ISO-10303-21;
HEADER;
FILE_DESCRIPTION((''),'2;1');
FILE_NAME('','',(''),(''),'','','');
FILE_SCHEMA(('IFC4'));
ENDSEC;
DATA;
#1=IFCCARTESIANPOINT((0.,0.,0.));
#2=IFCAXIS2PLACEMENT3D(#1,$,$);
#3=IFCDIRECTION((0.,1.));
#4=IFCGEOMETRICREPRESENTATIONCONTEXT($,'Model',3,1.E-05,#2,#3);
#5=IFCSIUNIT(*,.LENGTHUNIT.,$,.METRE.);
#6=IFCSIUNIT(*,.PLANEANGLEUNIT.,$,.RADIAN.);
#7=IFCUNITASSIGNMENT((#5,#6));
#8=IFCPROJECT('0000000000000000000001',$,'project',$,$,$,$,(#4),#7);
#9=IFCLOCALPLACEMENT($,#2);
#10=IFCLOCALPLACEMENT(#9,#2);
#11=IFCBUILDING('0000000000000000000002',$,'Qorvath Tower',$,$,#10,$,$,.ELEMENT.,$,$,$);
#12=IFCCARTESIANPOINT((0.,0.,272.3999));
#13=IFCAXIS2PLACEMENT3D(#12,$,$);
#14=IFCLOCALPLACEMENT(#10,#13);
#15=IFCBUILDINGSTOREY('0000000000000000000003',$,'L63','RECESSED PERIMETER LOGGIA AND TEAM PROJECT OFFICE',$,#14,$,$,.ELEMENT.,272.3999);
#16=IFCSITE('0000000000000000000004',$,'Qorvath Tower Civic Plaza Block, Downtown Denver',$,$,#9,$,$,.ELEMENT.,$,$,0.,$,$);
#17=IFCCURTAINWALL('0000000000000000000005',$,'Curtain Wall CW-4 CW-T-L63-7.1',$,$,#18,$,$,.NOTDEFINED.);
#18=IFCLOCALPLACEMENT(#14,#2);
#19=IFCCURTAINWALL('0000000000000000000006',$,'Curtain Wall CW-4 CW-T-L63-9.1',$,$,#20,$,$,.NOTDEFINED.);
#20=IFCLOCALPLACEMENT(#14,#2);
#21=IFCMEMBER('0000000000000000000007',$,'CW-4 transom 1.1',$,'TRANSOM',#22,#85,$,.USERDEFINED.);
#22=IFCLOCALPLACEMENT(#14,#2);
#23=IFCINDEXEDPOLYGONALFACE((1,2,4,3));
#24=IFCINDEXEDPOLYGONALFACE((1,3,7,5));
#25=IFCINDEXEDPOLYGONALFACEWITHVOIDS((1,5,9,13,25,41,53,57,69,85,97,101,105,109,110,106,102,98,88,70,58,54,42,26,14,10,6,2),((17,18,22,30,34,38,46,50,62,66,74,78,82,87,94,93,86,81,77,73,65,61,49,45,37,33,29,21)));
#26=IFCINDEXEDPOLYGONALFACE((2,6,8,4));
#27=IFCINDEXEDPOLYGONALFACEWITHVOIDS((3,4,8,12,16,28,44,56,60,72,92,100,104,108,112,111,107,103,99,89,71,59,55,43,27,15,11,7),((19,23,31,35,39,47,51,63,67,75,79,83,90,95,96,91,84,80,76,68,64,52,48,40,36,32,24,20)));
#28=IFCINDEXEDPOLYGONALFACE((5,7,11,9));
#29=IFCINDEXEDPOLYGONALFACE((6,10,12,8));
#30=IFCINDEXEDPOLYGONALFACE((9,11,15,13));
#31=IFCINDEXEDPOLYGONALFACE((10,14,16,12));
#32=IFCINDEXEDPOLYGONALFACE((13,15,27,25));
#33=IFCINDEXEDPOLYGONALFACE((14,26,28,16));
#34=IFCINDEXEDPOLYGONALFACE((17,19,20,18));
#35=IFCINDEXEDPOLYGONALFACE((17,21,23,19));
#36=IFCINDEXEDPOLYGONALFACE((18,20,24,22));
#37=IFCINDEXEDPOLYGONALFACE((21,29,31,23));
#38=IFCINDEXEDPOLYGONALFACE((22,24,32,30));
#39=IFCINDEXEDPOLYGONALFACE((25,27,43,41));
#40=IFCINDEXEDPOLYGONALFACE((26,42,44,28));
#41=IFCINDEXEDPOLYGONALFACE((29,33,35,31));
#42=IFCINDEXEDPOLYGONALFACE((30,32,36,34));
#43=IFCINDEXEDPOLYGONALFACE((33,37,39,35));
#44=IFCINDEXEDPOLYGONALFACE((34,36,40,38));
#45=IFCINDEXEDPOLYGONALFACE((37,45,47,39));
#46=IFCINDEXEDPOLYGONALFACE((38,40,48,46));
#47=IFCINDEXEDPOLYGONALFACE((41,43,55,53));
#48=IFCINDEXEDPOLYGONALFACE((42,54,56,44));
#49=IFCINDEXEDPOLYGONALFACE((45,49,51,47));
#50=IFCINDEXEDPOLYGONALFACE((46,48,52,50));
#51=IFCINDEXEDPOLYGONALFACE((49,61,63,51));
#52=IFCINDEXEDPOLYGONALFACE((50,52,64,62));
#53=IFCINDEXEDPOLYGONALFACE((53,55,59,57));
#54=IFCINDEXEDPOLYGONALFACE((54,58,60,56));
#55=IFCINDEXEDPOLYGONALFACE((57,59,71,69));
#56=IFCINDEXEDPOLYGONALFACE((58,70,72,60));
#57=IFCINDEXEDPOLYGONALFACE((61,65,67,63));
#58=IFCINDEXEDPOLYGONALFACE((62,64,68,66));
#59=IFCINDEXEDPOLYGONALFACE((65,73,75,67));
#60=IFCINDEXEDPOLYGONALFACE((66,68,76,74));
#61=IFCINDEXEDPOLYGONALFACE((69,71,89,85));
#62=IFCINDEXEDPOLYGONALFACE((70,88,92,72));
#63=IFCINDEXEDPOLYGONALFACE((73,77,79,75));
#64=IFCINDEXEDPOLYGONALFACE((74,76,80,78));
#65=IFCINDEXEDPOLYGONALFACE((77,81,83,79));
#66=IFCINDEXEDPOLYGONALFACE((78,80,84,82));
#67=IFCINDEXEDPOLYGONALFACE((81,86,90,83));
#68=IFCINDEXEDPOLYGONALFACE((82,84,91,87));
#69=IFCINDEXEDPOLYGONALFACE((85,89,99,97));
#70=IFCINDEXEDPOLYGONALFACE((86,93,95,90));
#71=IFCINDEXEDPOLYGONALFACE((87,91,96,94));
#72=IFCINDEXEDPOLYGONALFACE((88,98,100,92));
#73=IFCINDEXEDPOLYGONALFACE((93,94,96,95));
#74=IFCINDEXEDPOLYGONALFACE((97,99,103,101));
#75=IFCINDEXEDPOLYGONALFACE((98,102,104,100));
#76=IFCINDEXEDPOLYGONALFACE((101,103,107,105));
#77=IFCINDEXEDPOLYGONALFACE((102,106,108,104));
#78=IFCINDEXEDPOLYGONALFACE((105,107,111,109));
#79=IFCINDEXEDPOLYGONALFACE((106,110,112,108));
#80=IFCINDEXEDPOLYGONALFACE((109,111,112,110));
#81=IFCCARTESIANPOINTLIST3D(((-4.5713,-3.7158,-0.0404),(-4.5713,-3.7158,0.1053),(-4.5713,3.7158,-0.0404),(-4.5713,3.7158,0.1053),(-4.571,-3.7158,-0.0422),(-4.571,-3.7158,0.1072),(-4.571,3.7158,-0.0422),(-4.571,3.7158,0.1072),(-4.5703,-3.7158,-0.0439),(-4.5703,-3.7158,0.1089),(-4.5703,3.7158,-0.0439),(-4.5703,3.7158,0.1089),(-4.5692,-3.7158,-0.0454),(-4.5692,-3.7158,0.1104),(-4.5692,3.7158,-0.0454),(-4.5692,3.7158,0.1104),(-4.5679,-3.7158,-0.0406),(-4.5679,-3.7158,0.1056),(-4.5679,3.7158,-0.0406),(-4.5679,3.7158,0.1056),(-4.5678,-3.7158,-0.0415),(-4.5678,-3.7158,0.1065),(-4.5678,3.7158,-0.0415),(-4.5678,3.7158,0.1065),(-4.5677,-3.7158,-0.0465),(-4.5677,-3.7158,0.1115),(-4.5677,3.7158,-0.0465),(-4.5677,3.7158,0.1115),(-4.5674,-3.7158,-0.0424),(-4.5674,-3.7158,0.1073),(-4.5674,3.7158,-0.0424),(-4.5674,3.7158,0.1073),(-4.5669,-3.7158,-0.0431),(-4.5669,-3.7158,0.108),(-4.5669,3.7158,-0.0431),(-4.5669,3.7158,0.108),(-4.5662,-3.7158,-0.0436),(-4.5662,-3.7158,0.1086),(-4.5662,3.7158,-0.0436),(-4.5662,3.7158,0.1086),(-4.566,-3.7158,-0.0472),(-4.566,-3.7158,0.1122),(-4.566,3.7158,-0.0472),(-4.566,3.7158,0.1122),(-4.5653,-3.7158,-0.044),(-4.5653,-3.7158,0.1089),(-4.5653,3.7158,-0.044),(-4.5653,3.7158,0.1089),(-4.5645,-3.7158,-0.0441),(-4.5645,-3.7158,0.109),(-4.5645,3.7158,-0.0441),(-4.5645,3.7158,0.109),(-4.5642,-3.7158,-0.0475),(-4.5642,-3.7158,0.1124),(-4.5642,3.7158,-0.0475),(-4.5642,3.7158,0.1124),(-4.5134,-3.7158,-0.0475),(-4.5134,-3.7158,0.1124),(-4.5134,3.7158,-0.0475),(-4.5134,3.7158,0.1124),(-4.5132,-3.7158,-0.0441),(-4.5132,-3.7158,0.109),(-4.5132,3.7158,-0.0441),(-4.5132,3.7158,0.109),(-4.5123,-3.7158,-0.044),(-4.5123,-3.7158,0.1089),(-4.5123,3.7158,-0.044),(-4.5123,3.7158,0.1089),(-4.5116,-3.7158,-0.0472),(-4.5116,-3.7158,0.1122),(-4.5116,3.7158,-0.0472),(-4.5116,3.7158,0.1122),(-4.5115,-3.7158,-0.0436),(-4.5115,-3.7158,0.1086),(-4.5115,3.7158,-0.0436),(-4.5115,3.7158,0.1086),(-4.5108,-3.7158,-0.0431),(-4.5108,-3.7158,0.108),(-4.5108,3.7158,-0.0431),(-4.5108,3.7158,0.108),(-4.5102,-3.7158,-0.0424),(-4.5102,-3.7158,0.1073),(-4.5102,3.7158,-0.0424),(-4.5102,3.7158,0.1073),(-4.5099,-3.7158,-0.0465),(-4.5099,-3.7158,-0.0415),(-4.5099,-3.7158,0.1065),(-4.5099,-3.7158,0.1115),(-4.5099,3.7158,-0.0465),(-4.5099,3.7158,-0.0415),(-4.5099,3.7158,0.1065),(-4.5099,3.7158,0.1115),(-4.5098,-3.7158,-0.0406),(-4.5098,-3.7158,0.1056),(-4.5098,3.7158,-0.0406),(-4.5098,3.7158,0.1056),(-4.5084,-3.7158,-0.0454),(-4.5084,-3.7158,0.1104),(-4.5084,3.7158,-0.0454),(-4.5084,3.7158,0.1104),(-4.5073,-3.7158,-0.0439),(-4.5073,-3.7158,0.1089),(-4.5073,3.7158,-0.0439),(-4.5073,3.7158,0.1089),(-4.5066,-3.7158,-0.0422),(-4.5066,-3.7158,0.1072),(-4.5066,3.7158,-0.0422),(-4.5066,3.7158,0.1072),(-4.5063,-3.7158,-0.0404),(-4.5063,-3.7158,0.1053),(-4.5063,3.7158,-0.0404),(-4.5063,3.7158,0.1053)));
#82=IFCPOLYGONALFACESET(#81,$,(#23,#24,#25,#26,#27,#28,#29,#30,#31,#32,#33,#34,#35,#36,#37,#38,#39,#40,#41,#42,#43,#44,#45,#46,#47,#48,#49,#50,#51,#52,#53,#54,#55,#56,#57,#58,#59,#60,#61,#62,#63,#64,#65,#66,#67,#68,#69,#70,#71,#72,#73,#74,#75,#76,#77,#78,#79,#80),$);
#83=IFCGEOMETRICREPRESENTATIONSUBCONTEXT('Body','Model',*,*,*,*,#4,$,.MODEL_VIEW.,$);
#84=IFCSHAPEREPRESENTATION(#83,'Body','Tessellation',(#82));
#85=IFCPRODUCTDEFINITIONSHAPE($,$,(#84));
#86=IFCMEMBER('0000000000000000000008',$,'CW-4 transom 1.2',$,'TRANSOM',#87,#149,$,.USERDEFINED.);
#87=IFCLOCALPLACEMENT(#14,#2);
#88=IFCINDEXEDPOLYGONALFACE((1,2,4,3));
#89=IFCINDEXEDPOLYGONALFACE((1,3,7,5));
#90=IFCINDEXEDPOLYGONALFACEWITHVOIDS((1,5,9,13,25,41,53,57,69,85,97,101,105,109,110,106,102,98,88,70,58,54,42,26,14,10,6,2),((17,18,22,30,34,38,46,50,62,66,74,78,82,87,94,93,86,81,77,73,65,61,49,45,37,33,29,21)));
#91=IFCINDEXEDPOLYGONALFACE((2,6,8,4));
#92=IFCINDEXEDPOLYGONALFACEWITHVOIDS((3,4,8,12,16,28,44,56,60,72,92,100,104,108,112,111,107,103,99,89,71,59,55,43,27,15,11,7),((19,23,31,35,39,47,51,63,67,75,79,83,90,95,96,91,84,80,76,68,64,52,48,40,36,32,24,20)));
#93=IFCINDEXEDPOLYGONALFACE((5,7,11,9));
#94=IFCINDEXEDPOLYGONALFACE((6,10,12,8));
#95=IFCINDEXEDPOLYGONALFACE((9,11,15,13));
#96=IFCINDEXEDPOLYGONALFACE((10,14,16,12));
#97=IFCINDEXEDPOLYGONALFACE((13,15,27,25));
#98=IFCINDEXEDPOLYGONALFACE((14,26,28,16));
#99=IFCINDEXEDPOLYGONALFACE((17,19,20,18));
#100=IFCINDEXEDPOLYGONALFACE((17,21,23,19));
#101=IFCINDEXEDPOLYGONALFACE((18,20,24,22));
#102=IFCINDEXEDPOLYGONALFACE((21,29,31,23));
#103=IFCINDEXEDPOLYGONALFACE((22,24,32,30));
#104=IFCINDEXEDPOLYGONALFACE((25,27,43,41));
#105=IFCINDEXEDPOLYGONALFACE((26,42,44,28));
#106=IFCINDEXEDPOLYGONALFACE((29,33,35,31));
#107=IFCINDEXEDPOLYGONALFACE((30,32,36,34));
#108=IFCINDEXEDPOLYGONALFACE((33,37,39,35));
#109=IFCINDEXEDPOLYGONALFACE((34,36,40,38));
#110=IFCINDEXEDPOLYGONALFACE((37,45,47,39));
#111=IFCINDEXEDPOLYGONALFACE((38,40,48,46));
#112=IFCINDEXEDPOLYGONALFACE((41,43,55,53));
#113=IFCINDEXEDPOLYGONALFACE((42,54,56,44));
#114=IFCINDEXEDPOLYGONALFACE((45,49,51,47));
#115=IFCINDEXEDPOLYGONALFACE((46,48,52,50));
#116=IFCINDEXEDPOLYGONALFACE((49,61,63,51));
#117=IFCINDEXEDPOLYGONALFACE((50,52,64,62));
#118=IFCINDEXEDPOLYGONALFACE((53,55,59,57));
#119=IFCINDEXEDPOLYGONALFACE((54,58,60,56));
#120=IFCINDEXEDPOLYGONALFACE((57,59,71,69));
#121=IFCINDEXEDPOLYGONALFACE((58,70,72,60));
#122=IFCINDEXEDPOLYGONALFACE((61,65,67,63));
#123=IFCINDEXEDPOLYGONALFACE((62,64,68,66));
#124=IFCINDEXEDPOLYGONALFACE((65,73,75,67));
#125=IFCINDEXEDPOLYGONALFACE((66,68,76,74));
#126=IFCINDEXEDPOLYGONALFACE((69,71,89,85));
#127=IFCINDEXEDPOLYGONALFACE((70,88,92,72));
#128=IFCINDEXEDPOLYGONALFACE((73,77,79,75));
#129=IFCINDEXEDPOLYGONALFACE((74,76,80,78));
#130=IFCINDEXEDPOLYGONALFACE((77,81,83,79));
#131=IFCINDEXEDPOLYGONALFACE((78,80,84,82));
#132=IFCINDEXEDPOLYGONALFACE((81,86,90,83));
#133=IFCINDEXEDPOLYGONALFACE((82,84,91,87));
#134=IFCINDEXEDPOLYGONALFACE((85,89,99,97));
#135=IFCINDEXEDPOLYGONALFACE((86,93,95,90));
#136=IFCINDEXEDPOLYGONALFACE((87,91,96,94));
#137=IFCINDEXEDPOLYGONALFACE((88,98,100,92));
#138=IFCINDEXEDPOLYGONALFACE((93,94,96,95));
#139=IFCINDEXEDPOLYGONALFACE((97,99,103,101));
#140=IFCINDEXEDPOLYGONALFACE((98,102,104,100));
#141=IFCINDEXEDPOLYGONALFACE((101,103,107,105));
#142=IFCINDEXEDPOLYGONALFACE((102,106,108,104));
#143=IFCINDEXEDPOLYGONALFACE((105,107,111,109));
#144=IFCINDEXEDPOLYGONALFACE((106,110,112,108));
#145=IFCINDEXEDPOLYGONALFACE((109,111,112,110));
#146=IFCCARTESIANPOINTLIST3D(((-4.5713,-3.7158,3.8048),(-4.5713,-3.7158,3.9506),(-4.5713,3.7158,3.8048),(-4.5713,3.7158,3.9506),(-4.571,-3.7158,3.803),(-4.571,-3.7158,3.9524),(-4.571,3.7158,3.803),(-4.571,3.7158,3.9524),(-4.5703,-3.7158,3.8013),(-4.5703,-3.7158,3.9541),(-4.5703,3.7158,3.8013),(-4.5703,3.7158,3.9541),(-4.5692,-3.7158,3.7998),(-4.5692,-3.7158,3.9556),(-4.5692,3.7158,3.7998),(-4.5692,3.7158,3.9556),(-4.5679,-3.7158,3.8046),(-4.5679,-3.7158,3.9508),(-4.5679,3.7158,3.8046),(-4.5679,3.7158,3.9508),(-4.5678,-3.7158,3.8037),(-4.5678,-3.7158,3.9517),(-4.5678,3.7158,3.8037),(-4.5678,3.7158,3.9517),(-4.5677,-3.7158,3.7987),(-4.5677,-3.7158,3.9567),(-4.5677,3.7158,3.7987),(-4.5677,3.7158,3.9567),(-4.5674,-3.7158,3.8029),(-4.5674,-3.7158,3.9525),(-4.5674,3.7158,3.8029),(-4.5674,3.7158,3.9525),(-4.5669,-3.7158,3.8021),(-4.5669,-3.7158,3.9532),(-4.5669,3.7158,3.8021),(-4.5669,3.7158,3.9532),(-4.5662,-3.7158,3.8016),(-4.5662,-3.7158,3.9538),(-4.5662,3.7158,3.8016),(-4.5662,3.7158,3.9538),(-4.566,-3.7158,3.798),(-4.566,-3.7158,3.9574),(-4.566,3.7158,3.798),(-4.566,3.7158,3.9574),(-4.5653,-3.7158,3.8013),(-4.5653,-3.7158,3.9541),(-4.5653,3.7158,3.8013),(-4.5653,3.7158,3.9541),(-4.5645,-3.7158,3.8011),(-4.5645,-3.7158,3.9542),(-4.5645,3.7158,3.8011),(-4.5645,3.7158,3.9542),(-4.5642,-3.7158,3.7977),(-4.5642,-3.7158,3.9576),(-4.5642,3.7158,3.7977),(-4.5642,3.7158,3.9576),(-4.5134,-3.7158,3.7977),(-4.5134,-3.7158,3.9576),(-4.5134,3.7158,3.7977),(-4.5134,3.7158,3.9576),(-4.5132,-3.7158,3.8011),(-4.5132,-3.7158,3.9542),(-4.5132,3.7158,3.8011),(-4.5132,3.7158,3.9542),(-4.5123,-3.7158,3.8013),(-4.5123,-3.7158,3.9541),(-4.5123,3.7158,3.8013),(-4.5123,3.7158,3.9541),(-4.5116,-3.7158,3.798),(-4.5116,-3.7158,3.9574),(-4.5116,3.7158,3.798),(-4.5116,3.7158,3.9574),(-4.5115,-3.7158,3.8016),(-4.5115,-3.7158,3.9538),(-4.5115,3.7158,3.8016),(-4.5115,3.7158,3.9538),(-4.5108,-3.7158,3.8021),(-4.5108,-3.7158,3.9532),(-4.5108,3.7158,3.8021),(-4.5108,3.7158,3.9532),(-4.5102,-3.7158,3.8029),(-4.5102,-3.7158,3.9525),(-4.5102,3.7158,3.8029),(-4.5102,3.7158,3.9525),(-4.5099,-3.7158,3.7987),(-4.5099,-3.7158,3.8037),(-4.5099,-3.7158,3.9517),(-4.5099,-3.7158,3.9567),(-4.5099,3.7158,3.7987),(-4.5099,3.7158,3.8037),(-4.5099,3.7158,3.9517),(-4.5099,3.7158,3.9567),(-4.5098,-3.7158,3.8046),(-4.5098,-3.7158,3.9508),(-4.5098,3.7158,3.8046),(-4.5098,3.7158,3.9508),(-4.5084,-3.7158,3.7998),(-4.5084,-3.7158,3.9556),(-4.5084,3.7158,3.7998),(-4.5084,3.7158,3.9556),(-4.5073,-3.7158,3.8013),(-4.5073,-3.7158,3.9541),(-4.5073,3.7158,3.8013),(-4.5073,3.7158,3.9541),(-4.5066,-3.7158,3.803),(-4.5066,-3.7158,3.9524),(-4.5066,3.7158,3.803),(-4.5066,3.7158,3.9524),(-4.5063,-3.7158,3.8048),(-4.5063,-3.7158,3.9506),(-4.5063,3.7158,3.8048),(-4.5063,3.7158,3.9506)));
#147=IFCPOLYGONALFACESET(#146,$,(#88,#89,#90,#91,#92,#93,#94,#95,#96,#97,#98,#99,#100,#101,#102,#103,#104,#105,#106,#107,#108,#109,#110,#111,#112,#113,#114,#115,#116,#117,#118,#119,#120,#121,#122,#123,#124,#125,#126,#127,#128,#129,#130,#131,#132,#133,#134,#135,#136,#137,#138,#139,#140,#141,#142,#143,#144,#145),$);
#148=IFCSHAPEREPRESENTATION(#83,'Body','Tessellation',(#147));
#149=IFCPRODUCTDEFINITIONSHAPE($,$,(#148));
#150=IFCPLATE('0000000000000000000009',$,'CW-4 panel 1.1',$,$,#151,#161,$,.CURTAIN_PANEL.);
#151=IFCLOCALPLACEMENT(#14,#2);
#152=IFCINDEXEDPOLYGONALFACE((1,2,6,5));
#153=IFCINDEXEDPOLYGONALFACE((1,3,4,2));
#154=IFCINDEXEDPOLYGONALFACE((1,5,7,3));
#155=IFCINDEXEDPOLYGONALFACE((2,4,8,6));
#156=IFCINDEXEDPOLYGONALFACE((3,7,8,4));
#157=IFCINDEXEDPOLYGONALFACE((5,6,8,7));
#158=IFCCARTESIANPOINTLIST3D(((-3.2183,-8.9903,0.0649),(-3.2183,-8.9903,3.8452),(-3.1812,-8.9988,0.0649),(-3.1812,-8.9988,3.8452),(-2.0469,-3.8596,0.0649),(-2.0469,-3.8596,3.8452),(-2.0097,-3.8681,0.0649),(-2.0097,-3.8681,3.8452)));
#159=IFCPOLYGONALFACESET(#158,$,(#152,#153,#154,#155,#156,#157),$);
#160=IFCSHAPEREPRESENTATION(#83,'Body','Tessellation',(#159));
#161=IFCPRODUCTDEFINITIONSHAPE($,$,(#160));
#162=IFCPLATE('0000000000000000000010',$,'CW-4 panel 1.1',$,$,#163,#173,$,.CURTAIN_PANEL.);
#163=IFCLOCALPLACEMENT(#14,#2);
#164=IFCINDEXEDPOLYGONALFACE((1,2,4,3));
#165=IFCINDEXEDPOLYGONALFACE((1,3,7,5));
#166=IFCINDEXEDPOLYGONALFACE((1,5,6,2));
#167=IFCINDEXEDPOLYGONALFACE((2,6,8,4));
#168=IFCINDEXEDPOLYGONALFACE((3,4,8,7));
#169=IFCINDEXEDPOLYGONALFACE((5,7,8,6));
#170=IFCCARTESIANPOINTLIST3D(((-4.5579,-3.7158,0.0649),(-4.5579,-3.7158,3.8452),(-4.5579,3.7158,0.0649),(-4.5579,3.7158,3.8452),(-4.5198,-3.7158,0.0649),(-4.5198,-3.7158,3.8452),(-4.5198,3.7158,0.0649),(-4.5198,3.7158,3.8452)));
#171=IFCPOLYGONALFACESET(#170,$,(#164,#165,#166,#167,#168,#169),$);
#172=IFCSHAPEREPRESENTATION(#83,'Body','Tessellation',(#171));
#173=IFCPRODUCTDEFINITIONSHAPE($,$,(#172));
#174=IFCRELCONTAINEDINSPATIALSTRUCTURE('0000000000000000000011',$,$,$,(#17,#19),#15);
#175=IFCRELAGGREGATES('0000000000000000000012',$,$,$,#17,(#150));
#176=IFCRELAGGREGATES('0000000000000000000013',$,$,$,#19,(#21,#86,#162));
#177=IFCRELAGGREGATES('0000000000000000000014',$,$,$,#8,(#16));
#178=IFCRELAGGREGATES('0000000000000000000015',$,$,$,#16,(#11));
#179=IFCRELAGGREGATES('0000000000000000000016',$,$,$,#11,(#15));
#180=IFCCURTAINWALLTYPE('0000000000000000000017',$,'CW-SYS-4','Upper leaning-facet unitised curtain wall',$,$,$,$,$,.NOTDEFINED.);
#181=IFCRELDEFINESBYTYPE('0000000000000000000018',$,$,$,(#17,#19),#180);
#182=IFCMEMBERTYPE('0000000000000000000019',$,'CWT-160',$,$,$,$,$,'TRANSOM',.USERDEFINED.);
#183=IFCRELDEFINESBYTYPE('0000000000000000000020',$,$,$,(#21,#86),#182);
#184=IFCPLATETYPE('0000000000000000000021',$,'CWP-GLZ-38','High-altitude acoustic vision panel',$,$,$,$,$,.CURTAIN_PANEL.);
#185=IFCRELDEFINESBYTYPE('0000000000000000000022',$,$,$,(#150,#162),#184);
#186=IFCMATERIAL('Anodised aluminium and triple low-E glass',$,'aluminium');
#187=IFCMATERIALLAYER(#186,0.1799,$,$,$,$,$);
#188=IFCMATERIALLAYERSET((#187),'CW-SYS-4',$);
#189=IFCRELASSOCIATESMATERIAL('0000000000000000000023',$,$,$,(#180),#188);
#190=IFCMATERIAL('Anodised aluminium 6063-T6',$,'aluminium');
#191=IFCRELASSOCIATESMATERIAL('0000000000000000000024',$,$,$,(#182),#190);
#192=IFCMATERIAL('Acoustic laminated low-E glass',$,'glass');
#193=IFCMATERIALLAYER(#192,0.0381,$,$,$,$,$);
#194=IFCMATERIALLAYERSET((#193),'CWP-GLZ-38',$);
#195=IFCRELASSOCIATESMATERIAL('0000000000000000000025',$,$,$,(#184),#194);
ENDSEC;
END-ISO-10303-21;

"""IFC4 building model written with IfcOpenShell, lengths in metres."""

from ifc_helpers import new_model, si_unit, direction, frame, origin, origin_2d, place, context, subcontext, project, spatial, rectangle, hollow_rectangle, extrude, material, layer, layer_set, material_profile, profile_set, type_object, element, aggregate, save


model = new_model("IFC4")

# Units and contexts
model_context = context("Model", 3, precision=1e-05, world=origin(), true_north=direction((0.0, 1.0)))
body_context = subcontext(model_context, "Body", "Model", "MODEL_VIEW")
ifc_project = project(units=[si_unit("LENGTHUNIT", "METRE"), si_unit("PLANEANGLEUNIT", "RADIAN")], contexts=[model_context])

# Site, building, storey
site_placement = place(None, origin())
site = spatial("IfcSite", under=ifc_project, at=site_placement, Name="Qorvath Tower Civic Plaza Block, Downtown Denver", CompositionType="ELEMENT", RefElevation=0.0)
building_placement = place(site_placement, origin())
building = spatial("IfcBuilding", under=site, at=building_placement, Name="Qorvath Tower", CompositionType="ELEMENT")
storey_placement = place(building_placement, frame((0.0, 0.0, 272.3999)))
storey = spatial("IfcBuildingStorey", under=building, at=storey_placement, Name="L63", Description="RECESSED PERIMETER LOGGIA AND TEAM PROJECT OFFICE", CompositionType="ELEMENT", Elevation=272.3999)

# Curtain wall
ifc_material_1 = material(Name="Anodised aluminium and triple low-E glass", Category="aluminium")
ifc_layer_1 = layer(ifc_material_1, 0.1799)
ifc_layer_set_1 = layer_set([ifc_layer_1], Name="CW-SYS-4")
curtain_wall_type = type_object("IfcCurtainWallType", Name="CW-SYS-4", Description="Upper leaning-facet unitised curtain wall", PredefinedType="NOTDEFINED", material=ifc_layer_set_1)
curtain_wall_1_placement = place(storey_placement, origin())
curtain_wall_1 = element("IfcCurtainWall", 1, at=curtain_wall_1_placement, inside=storey, type_object=curtain_wall_type, Name="Curtain Wall CW-4 CW-T-L63-7.1", PredefinedType="NOTDEFINED")

# Curtain wall, members
curtain_wall_2_placement = place(storey_placement, origin())
curtain_wall_2 = element("IfcCurtainWall", 2, at=curtain_wall_2_placement, inside=storey, type_object=curtain_wall_type, Name="Curtain Wall CW-4 CW-T-L63-9.1", PredefinedType="NOTDEFINED")
ifc_material_2 = material(Name="Anodised aluminium 6063-T6", Category="aluminium")
ifc_material_profile_1 = material_profile(ifc_material_2, hollow_rectangle(XDim=0.0649, YDim=0.1599, WallThickness=0.0034, InnerFilletRadius=0.0034, OuterFilletRadius=0.0071, at=origin_2d()), Name="CWT 160x65")
ifc_profile_set_1 = profile_set([ifc_material_profile_1], Name="Anodised aluminium 6063-T6")
member_type_1 = type_object("IfcMemberType", Name="CWT-160", ElementType="TRANSOM", PredefinedType="USERDEFINED", material=ifc_profile_set_1)
member_1_placement = place(storey_placement, frame((-4.5388, -3.7158, 0.0325), z_axis=(0.0, 1.0, 0.0), x_axis=(-1.0, 0.0, 0.0)))
member_1 = element("IfcMember", 3, at=member_1_placement, type_object=member_type_1, Name="CW-4 transom 1.1", ObjectType="TRANSOM", PredefinedType="USERDEFINED", context=body_context, shape_type="SweptSolid", body=[
    extrude(hollow_rectangle(XDim=0.0649, YDim=0.1599, WallThickness=0.0034, InnerFilletRadius=0.0034, OuterFilletRadius=0.0071, at=origin_2d()), origin(), (0.0, 0.0, 1.0), 7.4316),
])
member_2_placement = place(storey_placement, frame((-4.5388, -3.7158, 3.8777), z_axis=(0.0, 1.0, 0.0), x_axis=(-1.0, 0.0, 0.0)))
member_2 = element("IfcMember", 4, at=member_2_placement, type_object=member_type_1, Name="CW-4 transom 1.2", ObjectType="TRANSOM", PredefinedType="USERDEFINED", context=body_context, shape_type="SweptSolid", body=[
    extrude(hollow_rectangle(XDim=0.0649, YDim=0.1599, WallThickness=0.0034, InnerFilletRadius=0.0034, OuterFilletRadius=0.0071, at=origin_2d()), origin(), (0.0, 0.0, 1.0), 7.4316),
])

# Plates
ifc_material_3 = material(Name="Acoustic laminated low-E glass", Category="glass")
ifc_layer_2 = layer(ifc_material_3, 0.0381)
ifc_layer_set_2 = layer_set([ifc_layer_2], Name="CWP-GLZ-38")
plate_type = type_object("IfcPlateType", Name="CWP-GLZ-38", Description="High-altitude acoustic vision panel", PredefinedType="CURTAIN_PANEL", material=ifc_layer_set_2)
plate_1_placement = place(storey_placement, frame((-2.614, -6.4292, 0.0649), z_axis=(0.0, 0.0, 1.0), x_axis=(0.222592, 0.974912, 0.0)))
plate_1 = element("IfcPlate", 5, at=plate_1_placement, type_object=plate_type, Name="CW-4 panel 1.1", PredefinedType="CURTAIN_PANEL", context=body_context, shape_type="SweptSolid", body=[
    extrude(rectangle(XDim=5.2627, YDim=0.0381, at=origin_2d()), origin(), (0.0, 0.0, 1.0), 3.7803),
])
aggregate(curtain_wall_1, [plate_1])
plate_2_placement = place(storey_placement, frame((-4.5388, 0.0, 0.0649), z_axis=(0.0, 0.0, 1.0), x_axis=(0.0, 1.0, 0.0)))
plate_2 = element("IfcPlate", 6, at=plate_2_placement, type_object=plate_type, Name="CW-4 panel 1.1", PredefinedType="CURTAIN_PANEL", context=body_context, shape_type="SweptSolid", body=[
    extrude(rectangle(XDim=7.4316, YDim=0.0381, at=origin_2d()), origin(), (0.0, 0.0, 1.0), 3.7803),
])
aggregate(curtain_wall_2, [member_1, member_2, plate_2])

save(model, "model.ifc")
